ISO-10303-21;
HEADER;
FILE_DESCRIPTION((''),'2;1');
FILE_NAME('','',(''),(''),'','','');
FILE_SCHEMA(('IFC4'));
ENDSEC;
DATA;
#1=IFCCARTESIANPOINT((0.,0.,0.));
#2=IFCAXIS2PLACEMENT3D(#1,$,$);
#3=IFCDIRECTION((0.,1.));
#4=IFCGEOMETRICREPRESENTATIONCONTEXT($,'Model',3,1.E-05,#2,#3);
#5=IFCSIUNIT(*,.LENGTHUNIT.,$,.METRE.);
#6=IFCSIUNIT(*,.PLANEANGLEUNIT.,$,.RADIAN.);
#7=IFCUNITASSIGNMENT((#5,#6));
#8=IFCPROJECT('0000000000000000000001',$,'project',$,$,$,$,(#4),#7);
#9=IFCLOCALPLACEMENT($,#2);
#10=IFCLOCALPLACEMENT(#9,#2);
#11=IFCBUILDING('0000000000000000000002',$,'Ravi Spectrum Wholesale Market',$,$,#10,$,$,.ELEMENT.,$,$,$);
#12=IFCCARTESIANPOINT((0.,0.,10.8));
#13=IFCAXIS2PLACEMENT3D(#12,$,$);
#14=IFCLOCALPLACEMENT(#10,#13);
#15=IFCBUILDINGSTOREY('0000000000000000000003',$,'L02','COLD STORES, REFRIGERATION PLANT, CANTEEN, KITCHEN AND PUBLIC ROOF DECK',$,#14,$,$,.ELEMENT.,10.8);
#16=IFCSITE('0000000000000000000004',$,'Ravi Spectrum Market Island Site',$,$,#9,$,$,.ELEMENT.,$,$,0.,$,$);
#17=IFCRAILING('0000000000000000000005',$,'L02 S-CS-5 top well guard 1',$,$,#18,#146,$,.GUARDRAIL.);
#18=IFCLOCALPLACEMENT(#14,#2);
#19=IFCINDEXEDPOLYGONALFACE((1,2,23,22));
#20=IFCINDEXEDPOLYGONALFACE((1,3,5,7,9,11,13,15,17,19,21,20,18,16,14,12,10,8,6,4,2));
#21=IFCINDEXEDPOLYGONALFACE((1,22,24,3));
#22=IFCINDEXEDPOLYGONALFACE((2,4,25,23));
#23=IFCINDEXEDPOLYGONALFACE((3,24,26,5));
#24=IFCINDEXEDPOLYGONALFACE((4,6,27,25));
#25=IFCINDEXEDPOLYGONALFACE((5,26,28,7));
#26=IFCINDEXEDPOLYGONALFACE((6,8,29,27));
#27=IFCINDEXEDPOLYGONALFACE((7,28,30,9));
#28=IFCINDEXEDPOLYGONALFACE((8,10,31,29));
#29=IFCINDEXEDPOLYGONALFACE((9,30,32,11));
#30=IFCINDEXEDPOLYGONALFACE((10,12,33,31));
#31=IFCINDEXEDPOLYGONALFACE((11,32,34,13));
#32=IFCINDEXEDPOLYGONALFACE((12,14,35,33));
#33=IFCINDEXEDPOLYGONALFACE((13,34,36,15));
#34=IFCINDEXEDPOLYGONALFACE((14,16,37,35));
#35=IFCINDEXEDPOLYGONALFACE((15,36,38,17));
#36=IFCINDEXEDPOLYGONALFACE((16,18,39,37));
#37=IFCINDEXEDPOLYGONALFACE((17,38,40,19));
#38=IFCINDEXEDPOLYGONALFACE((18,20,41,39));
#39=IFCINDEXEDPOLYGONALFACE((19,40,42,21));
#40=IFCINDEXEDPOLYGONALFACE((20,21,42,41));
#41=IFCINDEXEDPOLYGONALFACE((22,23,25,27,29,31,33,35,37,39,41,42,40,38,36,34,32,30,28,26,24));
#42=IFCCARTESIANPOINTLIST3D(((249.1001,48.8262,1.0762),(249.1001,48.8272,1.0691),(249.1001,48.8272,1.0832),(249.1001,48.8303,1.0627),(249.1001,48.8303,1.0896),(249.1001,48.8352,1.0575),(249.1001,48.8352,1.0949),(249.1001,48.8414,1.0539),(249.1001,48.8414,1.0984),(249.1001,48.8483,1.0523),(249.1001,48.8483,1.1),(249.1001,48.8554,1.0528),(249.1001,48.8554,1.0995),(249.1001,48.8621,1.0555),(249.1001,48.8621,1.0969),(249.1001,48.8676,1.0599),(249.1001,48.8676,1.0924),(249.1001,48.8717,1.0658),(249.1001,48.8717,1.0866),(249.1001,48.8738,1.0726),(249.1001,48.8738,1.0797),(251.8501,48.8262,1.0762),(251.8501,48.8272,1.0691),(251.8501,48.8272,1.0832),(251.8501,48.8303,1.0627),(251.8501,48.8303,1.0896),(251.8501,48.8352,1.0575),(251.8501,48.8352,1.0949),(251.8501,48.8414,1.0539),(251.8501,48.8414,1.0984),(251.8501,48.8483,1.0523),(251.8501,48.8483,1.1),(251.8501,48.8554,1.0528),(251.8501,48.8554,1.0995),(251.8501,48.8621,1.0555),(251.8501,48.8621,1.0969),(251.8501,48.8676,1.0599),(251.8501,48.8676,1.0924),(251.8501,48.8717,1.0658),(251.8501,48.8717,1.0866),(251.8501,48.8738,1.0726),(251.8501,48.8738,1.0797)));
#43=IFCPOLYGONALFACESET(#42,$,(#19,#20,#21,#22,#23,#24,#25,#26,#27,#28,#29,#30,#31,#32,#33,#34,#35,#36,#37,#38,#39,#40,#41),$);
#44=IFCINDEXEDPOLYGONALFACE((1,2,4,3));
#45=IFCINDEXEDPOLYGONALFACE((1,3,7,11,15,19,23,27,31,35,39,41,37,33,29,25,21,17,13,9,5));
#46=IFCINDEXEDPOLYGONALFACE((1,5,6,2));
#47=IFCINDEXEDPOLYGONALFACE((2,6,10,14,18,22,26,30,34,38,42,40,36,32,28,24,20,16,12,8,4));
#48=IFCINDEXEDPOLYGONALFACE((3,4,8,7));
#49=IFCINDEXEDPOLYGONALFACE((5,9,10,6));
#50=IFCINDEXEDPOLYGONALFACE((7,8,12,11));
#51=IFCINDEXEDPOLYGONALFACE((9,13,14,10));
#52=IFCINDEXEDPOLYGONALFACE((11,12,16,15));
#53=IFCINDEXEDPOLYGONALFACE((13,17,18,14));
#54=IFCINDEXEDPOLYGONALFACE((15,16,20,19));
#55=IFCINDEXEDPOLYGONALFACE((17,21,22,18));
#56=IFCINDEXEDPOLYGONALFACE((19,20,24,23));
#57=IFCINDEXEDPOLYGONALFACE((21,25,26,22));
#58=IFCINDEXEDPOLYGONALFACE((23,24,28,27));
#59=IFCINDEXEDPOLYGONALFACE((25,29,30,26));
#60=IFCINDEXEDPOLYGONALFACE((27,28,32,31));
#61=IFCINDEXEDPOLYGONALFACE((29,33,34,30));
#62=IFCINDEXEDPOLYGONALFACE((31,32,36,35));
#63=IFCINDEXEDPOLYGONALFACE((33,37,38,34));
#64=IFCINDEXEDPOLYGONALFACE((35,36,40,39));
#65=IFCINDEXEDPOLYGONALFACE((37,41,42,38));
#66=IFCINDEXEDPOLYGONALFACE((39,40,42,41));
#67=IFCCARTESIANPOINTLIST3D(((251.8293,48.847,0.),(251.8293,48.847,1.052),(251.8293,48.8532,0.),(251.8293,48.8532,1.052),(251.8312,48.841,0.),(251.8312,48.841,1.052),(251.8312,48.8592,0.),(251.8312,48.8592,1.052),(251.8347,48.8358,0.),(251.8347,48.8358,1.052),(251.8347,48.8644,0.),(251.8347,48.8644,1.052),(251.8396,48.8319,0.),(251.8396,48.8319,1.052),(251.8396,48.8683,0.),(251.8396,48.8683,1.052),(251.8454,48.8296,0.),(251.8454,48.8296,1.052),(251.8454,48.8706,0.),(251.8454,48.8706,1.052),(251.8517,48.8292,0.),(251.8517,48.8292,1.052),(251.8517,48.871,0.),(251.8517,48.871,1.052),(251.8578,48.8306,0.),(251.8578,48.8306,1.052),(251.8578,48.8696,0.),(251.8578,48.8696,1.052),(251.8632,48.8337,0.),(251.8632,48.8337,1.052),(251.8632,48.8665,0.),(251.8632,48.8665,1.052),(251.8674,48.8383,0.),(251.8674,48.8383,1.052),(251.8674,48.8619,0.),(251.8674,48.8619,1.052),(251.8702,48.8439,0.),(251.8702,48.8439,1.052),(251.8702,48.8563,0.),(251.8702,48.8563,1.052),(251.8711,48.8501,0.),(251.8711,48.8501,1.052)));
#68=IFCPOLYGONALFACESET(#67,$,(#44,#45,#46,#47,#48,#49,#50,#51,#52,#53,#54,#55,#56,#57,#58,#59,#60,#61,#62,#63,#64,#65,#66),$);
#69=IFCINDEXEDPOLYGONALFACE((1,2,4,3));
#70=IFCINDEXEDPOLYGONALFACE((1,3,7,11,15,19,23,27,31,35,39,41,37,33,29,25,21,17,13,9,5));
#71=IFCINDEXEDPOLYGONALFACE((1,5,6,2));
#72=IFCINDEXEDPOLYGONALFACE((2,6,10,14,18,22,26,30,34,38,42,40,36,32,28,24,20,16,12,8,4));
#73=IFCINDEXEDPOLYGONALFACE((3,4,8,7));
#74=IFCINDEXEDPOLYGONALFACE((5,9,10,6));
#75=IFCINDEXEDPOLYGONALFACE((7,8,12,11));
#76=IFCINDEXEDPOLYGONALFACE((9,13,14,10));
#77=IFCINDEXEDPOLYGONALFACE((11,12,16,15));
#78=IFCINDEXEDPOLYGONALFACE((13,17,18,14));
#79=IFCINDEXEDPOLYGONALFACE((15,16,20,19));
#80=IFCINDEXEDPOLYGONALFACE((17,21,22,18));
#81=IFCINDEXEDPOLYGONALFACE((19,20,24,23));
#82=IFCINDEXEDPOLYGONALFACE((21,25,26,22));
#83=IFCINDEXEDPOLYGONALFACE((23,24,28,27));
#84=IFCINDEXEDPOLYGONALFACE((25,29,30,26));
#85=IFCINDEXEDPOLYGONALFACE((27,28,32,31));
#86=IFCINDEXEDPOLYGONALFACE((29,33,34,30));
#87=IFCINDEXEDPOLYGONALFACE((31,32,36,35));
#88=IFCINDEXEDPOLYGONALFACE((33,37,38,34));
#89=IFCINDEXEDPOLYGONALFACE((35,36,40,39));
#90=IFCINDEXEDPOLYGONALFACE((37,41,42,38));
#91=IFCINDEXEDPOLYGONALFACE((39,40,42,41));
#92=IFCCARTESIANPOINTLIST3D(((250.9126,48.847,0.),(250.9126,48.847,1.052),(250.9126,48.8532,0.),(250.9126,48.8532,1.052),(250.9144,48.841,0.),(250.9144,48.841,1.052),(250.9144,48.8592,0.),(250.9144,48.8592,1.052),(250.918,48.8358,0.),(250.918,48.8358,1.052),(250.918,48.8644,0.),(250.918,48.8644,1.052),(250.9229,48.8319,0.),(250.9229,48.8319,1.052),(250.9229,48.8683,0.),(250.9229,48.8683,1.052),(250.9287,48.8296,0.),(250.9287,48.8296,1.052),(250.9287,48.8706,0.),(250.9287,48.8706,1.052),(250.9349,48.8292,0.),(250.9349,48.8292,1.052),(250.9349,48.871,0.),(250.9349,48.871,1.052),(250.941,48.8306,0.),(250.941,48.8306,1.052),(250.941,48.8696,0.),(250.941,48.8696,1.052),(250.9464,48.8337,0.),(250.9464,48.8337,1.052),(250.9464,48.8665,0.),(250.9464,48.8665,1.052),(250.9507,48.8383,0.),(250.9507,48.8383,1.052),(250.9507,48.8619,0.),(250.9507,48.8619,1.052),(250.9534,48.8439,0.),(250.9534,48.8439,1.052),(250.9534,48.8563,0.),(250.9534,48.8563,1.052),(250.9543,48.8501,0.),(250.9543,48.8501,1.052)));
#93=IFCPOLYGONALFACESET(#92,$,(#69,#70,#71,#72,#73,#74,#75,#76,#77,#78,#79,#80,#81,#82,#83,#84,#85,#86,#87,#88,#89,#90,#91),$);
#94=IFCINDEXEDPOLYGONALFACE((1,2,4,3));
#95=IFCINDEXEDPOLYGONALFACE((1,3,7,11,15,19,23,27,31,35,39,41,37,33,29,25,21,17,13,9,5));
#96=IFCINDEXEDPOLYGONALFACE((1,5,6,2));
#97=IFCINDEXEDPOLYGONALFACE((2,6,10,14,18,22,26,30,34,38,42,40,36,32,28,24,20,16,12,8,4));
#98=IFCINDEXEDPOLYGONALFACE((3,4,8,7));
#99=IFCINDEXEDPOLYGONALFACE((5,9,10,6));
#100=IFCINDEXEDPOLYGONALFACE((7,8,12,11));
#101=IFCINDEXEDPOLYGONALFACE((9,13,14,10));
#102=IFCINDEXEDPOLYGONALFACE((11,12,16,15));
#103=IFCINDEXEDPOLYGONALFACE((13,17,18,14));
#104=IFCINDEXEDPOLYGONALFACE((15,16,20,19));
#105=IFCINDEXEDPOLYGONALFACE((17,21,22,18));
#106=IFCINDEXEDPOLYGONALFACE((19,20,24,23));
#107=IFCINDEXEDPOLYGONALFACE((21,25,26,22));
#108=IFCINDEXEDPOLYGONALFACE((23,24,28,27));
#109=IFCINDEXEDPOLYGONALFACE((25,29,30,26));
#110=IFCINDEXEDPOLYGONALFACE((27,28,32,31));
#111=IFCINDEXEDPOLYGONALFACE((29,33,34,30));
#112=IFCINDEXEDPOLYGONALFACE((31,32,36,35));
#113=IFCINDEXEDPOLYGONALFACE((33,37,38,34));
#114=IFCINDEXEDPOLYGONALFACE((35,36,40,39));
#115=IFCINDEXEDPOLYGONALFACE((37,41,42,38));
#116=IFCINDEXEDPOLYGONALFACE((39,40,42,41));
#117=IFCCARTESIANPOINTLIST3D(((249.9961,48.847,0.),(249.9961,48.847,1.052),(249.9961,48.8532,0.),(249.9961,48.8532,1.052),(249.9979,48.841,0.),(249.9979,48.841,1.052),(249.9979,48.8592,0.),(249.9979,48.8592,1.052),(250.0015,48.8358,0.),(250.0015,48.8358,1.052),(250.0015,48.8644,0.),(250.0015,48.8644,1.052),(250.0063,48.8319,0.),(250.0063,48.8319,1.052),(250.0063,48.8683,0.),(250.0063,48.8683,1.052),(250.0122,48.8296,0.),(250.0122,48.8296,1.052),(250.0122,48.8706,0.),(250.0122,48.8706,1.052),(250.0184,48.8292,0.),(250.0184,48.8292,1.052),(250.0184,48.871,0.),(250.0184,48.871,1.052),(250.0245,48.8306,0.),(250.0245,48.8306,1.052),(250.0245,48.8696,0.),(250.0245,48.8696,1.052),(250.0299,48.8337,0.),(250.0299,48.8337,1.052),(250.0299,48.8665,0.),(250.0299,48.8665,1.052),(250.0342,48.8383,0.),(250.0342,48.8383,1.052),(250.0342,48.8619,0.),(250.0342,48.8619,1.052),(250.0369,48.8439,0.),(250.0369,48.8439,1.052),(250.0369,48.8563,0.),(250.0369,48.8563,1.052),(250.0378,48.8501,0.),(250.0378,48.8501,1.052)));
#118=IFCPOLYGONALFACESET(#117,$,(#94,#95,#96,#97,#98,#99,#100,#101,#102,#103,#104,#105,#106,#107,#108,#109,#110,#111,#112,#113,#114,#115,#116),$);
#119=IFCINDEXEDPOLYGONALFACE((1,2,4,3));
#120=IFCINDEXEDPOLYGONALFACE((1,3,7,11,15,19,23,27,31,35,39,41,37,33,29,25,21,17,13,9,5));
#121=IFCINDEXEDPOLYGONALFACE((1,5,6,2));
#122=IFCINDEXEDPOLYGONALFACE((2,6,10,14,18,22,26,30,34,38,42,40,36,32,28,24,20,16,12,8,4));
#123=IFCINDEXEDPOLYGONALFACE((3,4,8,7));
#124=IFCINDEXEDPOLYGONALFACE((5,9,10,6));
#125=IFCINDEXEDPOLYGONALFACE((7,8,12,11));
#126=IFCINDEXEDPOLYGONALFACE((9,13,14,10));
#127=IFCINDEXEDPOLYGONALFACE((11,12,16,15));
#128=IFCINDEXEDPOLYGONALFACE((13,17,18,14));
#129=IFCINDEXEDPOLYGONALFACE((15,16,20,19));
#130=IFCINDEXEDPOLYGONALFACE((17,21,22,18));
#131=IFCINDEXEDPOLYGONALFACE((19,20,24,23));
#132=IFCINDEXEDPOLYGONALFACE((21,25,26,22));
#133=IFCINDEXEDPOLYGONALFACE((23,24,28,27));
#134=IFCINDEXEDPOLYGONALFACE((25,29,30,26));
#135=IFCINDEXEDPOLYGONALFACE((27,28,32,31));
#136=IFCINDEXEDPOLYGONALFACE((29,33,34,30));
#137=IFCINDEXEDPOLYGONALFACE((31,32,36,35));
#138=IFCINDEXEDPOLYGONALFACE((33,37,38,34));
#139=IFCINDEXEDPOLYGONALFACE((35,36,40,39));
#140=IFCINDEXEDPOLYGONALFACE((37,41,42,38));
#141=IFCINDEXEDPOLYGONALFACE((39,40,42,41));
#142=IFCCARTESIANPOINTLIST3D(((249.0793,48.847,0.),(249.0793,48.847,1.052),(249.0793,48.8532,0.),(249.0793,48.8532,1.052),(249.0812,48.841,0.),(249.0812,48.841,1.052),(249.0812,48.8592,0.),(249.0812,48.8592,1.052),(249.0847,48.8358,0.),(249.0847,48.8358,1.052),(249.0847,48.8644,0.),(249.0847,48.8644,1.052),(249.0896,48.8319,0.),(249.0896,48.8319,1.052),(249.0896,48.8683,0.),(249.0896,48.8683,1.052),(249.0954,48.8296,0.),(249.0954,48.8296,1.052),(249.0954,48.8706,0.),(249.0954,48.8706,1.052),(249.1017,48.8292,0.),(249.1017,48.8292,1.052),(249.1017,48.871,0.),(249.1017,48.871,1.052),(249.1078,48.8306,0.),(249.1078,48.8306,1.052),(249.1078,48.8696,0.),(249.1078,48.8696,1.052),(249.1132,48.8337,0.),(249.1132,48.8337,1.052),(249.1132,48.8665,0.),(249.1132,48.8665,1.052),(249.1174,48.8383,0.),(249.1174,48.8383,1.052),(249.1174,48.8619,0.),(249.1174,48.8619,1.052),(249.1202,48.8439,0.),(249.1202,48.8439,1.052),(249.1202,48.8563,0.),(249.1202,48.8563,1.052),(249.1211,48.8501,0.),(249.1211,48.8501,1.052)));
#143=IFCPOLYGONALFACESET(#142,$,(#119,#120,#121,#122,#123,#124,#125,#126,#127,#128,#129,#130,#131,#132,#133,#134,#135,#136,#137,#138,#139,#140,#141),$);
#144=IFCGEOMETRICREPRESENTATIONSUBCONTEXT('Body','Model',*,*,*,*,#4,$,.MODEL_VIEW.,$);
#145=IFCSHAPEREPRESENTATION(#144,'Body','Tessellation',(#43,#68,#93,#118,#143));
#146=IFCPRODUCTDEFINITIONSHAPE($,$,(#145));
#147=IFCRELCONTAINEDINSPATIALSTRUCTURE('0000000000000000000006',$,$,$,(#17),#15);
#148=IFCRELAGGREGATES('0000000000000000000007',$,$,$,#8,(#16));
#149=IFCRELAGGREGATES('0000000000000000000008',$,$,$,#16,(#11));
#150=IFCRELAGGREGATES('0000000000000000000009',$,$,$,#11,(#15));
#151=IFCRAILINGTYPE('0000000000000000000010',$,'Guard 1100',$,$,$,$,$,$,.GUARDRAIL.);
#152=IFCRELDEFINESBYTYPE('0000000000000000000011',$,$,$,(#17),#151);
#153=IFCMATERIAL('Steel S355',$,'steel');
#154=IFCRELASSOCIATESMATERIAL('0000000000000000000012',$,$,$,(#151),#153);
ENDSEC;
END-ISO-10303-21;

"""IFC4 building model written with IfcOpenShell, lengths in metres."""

from ifc_helpers import new_model, si_unit, direction, frame, origin, origin_2d, place, context, subcontext, project, spatial, circle, extrude, material, type_object, element, save


model = new_model("IFC4")

# Units and contexts
model_context = context("Model", 3, precision=1e-05, world=origin(), true_north=direction((0.0, 1.0)))
body_context = subcontext(model_context, "Body", "Model", "MODEL_VIEW")
ifc_project = project(units=[si_unit("LENGTHUNIT", "METRE"), si_unit("PLANEANGLEUNIT", "RADIAN")], contexts=[model_context])

# Site, building, storey
site_placement = place(None, origin())
site = spatial("IfcSite", under=ifc_project, at=site_placement, Name="Ravi Spectrum Market Island Site", CompositionType="ELEMENT", RefElevation=0.0)
building_placement = place(site_placement, origin())
building = spatial("IfcBuilding", under=site, at=building_placement, Name="Ravi Spectrum Wholesale Market", CompositionType="ELEMENT")
storey_placement = place(building_placement, frame((0.0, 0.0, 10.8)))
storey = spatial("IfcBuildingStorey", under=building, at=storey_placement, Name="L02", Description="COLD STORES, REFRIGERATION PLANT, CANTEEN, KITCHEN AND PUBLIC ROOF DECK", CompositionType="ELEMENT", Elevation=10.8)

# Railing
ifc_material_1 = material(Name="Steel S355", Category="steel")
railing_type = type_object("IfcRailingType", Name="Guard 1100", PredefinedType="GUARDRAIL", material=ifc_material_1)
railing_placement = place(storey_placement, frame((251.8501, 48.8501, 0.0)))
element("IfcRailing", 1, at=railing_placement, inside=storey, type_object=railing_type, Name="L02 S-CS-5 top well guard 1", PredefinedType="GUARDRAIL", context=body_context, shape_type="SweptSolid", body=[
    extrude(circle(Radius=0.0239, at=origin_2d()), frame((0.0, 0.0, 1.0762), z_axis=(-1.0, 0.0, 0.0), x_axis=(0.0, -1.0, 0.0)), (0.0, 0.0, 1.0), 2.75),
    extrude(circle(Radius=0.021, at=origin_2d()), origin(), (0.0, 0.0, 1.0), 1.052),
    extrude(circle(Radius=0.021, at=origin_2d()), frame((-0.9167, 0.0, 0.0)), (0.0, 0.0, 1.0), 1.052),
    extrude(circle(Radius=0.021, at=origin_2d()), frame((-1.8333, 0.0, 0.0)), (0.0, 0.0, 1.0), 1.052),
    extrude(circle(Radius=0.021, at=origin_2d()), frame((-2.75, 0.0, 0.0)), (0.0, 0.0, 1.0), 1.052),
])

save(model, "model.ifc")
